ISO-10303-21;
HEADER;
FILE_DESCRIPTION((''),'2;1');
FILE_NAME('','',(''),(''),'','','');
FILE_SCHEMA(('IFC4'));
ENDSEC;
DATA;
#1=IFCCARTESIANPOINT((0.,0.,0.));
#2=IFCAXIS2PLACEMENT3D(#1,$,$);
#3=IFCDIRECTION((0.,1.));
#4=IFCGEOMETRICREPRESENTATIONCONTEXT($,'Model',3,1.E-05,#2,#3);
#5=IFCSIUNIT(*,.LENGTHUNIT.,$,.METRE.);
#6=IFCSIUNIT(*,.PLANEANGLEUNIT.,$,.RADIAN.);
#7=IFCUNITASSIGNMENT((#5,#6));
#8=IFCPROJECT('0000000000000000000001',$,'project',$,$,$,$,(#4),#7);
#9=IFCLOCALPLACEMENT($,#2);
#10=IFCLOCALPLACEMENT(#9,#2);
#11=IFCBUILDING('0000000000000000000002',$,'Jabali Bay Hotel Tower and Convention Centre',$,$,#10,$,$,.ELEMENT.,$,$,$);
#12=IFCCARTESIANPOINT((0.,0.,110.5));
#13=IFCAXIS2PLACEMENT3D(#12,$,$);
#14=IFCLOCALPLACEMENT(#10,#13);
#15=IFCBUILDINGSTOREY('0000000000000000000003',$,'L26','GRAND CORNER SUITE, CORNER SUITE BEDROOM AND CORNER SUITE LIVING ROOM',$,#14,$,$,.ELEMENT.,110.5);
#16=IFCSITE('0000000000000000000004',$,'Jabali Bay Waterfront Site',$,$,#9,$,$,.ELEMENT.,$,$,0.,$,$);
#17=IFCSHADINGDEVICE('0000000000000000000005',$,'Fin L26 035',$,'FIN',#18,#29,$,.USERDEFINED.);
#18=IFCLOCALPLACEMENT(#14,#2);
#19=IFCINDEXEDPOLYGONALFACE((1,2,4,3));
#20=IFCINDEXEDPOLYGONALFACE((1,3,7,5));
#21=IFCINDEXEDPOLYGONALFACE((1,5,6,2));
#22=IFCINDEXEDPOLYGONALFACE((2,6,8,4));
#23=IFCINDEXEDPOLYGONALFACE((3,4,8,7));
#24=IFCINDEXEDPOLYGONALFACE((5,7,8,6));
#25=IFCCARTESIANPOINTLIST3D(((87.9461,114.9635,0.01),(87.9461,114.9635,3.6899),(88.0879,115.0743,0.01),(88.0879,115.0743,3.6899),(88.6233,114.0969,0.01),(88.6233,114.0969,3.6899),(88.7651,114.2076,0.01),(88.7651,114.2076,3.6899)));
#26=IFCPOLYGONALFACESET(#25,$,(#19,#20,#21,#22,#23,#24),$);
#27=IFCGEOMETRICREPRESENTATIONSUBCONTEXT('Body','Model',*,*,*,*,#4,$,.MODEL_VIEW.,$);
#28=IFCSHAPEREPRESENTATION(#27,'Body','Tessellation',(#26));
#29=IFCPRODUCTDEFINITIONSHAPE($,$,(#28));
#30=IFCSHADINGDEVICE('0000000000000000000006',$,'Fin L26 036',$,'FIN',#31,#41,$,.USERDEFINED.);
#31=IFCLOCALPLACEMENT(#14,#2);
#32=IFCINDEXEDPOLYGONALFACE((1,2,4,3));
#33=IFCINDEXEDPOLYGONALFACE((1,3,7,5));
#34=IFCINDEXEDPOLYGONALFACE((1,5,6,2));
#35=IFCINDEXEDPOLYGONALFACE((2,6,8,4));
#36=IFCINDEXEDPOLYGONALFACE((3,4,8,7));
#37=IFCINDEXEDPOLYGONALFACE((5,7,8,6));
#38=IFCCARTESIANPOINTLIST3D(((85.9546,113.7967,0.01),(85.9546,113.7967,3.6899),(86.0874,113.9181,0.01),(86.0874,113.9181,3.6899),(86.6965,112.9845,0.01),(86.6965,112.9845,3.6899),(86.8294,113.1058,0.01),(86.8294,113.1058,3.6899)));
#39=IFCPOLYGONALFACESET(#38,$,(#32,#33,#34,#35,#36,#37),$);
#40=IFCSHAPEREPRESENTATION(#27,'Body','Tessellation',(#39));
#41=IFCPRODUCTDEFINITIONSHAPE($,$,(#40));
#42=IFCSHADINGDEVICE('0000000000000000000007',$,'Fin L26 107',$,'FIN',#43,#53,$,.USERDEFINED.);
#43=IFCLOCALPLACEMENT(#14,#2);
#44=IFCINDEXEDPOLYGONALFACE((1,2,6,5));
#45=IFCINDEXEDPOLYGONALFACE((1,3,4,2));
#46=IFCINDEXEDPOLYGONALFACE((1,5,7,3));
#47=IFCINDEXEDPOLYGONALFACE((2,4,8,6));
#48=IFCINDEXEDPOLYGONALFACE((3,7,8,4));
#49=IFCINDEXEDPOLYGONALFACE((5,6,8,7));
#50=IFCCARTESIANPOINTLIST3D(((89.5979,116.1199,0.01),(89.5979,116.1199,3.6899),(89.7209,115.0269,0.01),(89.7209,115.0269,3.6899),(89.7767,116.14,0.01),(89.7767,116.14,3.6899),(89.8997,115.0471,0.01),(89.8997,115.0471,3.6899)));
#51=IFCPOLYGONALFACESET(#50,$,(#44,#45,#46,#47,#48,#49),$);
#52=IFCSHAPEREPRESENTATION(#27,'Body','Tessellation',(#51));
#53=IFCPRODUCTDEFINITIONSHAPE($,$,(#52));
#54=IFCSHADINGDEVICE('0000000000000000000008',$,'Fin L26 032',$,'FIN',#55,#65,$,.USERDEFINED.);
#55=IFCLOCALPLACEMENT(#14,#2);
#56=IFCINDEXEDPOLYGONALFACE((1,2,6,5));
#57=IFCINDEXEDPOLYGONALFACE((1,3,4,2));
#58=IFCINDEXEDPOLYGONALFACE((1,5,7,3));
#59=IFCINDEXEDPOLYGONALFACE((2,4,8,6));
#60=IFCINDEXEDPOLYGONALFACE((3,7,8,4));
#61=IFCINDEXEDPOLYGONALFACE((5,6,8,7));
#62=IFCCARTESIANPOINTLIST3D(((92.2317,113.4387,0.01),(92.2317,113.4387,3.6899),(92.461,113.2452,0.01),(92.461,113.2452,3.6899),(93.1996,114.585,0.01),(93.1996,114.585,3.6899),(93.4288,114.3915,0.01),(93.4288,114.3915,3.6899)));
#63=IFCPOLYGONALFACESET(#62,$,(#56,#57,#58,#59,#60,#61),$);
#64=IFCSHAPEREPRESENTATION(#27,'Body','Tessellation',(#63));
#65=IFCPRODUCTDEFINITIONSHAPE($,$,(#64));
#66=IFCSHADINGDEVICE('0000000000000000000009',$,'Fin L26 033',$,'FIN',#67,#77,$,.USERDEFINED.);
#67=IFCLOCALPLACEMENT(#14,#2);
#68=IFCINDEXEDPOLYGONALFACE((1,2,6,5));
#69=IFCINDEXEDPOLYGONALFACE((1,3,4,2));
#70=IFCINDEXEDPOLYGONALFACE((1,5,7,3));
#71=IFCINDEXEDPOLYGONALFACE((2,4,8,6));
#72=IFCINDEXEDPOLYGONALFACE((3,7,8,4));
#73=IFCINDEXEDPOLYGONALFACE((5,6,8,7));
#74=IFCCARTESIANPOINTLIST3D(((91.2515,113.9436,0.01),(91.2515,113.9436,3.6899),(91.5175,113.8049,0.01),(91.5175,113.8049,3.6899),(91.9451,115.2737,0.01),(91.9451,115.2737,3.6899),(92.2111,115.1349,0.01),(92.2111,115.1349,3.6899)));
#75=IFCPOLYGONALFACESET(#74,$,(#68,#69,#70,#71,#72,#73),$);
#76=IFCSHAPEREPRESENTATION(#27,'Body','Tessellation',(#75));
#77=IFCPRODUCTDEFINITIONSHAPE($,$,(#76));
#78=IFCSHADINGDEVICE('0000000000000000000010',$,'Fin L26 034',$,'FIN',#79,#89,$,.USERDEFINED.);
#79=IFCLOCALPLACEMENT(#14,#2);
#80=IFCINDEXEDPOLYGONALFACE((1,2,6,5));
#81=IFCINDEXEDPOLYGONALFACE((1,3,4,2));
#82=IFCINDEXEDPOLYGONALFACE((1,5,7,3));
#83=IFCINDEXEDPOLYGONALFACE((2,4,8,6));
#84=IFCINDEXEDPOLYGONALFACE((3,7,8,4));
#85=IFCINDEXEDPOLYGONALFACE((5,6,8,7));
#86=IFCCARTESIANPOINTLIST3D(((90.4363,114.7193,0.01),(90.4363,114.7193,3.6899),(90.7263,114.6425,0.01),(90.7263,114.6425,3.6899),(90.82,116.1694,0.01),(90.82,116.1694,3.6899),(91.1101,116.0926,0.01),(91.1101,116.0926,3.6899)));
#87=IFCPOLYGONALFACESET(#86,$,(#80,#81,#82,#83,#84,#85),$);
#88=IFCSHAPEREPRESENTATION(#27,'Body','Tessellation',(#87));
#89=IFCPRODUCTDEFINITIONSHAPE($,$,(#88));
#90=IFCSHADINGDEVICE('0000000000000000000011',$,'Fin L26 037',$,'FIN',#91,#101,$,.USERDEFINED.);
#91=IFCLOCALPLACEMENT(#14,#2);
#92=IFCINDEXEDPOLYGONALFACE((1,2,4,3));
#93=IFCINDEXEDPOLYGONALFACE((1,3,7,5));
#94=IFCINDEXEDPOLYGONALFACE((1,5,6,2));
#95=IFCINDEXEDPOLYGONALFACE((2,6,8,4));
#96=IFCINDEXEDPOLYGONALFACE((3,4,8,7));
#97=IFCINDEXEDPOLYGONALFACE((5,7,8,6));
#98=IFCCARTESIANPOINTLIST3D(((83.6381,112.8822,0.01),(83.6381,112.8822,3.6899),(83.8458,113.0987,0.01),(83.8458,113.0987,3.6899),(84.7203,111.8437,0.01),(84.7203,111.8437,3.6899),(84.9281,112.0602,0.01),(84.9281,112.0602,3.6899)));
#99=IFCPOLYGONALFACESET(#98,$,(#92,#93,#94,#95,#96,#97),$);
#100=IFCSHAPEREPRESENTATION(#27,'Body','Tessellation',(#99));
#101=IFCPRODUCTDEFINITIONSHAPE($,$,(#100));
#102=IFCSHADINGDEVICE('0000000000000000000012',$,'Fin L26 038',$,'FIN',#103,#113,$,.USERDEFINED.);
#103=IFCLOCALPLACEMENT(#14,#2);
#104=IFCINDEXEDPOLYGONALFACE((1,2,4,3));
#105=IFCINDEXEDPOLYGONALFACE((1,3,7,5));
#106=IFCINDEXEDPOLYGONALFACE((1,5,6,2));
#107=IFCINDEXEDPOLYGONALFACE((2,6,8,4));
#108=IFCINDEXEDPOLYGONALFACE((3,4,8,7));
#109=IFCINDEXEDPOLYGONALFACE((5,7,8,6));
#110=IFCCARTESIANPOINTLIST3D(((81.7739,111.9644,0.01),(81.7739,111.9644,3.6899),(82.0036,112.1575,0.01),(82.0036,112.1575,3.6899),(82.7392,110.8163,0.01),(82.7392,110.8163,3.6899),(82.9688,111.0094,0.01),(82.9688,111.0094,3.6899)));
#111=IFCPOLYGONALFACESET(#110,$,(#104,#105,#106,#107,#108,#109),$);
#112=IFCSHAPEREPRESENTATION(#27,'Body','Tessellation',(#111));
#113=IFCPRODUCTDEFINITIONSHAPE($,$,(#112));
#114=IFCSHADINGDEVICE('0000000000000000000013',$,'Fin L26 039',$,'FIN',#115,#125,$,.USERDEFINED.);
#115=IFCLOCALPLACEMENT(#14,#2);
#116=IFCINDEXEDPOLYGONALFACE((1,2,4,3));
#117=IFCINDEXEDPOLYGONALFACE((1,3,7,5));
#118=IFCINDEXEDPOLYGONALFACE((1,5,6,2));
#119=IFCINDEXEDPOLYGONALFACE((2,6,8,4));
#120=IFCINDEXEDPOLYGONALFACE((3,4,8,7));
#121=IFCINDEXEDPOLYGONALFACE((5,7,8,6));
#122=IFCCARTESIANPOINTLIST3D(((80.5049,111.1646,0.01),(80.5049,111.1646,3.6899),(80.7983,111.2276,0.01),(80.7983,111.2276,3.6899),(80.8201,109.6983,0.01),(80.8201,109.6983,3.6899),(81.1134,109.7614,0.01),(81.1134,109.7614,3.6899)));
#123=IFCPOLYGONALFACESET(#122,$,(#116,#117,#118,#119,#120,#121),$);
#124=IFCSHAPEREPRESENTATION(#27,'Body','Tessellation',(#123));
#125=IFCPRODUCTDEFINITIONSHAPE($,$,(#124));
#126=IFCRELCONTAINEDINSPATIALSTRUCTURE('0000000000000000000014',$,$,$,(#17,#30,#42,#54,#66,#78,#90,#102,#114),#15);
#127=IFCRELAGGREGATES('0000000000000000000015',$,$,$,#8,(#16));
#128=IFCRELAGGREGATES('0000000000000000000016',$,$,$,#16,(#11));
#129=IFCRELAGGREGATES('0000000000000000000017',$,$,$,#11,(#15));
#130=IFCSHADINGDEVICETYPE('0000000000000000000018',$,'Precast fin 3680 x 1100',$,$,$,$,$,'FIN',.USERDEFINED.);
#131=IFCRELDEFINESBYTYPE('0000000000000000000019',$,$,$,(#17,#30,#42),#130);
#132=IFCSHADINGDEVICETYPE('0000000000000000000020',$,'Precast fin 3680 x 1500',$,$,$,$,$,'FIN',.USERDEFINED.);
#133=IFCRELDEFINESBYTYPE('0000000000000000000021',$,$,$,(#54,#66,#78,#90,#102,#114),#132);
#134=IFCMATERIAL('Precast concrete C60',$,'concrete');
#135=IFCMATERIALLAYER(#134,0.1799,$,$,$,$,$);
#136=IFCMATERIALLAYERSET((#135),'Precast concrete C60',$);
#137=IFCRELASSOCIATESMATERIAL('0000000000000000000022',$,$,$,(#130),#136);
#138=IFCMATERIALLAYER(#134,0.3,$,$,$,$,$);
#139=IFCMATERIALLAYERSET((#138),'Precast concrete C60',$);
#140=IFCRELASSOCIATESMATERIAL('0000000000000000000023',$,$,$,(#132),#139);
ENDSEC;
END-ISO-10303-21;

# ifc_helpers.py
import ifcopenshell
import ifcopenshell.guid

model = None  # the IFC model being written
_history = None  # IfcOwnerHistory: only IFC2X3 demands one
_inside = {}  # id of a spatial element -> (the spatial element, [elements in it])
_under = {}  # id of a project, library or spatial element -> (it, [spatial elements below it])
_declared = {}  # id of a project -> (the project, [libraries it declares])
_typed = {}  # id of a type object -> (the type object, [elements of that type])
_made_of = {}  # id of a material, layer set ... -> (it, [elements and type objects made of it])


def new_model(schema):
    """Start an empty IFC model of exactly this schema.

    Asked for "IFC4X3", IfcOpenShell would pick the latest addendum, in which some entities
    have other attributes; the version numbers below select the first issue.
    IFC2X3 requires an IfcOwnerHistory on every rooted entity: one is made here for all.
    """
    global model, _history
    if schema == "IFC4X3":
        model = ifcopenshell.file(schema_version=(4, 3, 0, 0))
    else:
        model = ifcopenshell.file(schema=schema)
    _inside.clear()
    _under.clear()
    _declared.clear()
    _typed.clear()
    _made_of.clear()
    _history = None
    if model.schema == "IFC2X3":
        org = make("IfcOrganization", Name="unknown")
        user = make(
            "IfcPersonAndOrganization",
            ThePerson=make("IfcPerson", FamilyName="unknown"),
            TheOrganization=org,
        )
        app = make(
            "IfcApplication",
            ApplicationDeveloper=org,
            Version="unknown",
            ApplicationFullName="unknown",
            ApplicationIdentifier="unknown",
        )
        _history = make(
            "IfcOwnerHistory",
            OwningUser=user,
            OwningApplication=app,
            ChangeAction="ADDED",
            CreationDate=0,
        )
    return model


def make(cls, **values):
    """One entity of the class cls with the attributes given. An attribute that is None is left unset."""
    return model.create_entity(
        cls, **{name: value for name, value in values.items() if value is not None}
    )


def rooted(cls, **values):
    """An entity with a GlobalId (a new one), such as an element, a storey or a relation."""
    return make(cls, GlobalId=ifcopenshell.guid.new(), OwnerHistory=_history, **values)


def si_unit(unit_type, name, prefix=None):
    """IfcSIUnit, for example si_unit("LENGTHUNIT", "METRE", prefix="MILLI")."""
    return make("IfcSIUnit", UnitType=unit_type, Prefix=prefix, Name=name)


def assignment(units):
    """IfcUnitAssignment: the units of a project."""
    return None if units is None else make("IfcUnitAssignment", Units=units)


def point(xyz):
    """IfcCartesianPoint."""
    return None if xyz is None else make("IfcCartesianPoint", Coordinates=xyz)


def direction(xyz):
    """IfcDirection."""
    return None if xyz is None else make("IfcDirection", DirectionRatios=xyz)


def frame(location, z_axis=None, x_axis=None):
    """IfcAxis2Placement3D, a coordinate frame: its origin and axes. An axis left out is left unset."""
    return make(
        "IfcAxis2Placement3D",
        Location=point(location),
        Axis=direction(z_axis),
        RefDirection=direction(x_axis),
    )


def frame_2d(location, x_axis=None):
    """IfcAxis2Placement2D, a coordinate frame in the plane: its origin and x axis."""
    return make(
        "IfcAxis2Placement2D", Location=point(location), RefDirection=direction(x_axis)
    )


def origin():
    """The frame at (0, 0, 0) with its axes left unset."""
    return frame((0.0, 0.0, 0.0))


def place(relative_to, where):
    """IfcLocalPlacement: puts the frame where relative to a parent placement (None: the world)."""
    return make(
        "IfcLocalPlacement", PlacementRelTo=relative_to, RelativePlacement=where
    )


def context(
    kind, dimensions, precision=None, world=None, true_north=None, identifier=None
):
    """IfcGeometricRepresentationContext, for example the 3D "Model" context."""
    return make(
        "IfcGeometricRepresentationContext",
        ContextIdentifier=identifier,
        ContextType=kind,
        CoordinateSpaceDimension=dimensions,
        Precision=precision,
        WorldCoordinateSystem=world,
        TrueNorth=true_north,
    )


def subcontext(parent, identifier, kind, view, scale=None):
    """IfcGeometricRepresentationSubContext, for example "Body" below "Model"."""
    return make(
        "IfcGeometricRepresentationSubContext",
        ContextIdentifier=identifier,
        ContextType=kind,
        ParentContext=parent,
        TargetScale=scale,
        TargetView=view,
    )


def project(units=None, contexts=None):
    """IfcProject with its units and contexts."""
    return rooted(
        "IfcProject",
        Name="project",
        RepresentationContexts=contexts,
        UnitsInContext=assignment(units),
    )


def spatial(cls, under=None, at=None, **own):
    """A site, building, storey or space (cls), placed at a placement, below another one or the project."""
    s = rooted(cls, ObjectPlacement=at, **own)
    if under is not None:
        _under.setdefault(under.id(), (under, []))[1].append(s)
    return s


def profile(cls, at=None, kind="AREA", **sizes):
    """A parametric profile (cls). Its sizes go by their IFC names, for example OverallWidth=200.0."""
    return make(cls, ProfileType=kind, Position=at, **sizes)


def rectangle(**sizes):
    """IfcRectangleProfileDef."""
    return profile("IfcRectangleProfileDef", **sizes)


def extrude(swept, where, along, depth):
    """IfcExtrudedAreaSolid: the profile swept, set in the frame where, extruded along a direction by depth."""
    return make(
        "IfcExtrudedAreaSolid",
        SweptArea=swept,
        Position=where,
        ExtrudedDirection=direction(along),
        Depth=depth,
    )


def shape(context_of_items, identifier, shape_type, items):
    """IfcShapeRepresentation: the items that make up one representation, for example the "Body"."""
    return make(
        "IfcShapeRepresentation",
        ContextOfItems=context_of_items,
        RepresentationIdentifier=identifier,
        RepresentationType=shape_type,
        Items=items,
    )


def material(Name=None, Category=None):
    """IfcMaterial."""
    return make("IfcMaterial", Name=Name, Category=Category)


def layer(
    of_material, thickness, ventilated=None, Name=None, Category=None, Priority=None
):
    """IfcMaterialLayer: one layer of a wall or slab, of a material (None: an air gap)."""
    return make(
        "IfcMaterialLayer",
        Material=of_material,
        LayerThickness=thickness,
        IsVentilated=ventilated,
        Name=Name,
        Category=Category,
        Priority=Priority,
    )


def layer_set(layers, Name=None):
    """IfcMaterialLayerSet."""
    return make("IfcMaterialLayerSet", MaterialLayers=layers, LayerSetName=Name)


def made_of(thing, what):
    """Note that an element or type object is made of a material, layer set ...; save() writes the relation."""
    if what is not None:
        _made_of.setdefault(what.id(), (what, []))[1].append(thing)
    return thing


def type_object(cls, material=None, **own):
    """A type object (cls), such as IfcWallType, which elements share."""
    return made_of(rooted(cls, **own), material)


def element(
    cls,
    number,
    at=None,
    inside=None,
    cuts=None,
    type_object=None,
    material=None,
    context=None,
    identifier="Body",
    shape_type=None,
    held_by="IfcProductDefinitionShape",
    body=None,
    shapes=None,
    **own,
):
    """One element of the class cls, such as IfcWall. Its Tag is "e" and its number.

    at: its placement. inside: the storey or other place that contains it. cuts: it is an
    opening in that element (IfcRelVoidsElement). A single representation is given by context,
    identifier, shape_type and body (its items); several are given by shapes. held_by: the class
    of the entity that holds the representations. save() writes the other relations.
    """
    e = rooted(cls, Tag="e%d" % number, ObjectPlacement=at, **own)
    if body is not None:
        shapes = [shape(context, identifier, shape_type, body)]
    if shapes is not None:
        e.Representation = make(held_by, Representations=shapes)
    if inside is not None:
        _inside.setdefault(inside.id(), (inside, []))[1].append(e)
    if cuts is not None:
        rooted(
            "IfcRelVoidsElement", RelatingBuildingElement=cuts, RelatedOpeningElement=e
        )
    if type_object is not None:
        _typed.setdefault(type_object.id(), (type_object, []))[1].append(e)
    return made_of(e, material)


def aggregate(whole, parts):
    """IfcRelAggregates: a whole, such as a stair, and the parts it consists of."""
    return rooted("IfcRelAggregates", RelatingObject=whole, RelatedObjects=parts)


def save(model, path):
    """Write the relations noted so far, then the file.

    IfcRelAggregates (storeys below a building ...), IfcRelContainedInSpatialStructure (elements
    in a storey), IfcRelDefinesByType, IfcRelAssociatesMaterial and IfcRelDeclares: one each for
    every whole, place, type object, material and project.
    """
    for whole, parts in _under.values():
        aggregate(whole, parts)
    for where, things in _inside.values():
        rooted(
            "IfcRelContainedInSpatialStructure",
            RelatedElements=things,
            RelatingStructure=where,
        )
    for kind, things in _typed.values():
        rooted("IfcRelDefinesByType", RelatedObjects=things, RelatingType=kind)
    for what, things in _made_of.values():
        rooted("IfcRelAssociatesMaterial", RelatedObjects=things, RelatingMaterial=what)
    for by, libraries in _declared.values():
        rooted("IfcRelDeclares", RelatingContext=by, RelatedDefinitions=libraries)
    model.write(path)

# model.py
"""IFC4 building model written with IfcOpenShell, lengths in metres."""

from ifc_helpers import new_model, si_unit, direction, frame, frame_2d, origin, place, context, subcontext, project, spatial, rectangle, extrude, material, layer, layer_set, type_object, element, save


model = new_model("IFC4")

# Units and contexts
model_context = context("Model", 3, precision=1e-05, world=origin(), true_north=direction((0.0, 1.0)))
body_context = subcontext(model_context, "Body", "Model", "MODEL_VIEW")
ifc_project = project(units=[si_unit("LENGTHUNIT", "METRE"), si_unit("PLANEANGLEUNIT", "RADIAN")], contexts=[model_context])

# Site, building, storey
site_placement = place(None, origin())
site = spatial("IfcSite", under=ifc_project, at=site_placement, Name="Jabali Bay Waterfront Site", CompositionType="ELEMENT", RefElevation=0.0)
building_placement = place(site_placement, origin())
building = spatial("IfcBuilding", under=site, at=building_placement, Name="Jabali Bay Hotel Tower and Convention Centre", CompositionType="ELEMENT")
storey_placement = place(building_placement, frame((0.0, 0.0, 110.5)))
storey = spatial("IfcBuildingStorey", under=building, at=storey_placement, Name="L26", Description="GRAND CORNER SUITE, CORNER SUITE BEDROOM AND CORNER SUITE LIVING ROOM", CompositionType="ELEMENT", Elevation=110.5)

# Shading devices
ifc_material_1 = material(Name="Precast concrete C60", Category="concrete")
ifc_layer_1 = layer(ifc_material_1, 0.1799)
ifc_layer_set_1 = layer_set([ifc_layer_1], Name="Precast concrete C60")
shading_device_type_1 = type_object("IfcShadingDeviceType", Name="Precast fin 3680 x 1100", ElementType="FIN", PredefinedType="USERDEFINED", material=ifc_layer_set_1)
shading_device_1_placement = place(storey_placement, frame((88.6941, 114.1523, 0.01), z_axis=(0.0, 0.0, 1.0), x_axis=(-0.615722, 0.787964, 0.0)))
element("IfcShadingDevice", 1, at=shading_device_1_placement, inside=storey, type_object=shading_device_type_1, Name="Fin L26 035", ObjectType="FIN", PredefinedType="USERDEFINED", context=body_context, shape_type="SweptSolid", body=[
    extrude(rectangle(XDim=1.0999, YDim=0.1799, at=frame_2d((0.5498, 0.0))), origin(), (0.0, 0.0, 1.0), 3.6799),
])
shading_device_2_placement = place(storey_placement, frame((86.7629, 113.0452, 0.01), z_axis=(0.0, 0.0, 1.0), x_axis=(-0.674427, 0.738341, 0.0)))
element("IfcShadingDevice", 2, at=shading_device_2_placement, inside=storey, type_object=shading_device_type_1, Name="Fin L26 036", ObjectType="FIN", PredefinedType="USERDEFINED", context=body_context, shape_type="SweptSolid", body=[
    extrude(rectangle(XDim=1.1001, YDim=0.1799, at=frame_2d((0.55, 0.0))), origin(), (0.0, 0.0, 1.0), 3.6799),
])
shading_device_3_placement = place(storey_placement, frame((89.8103, 115.0371, 0.01), z_axis=(0.0, 0.0, 1.0), x_axis=(-0.111869, 0.993723, 0.0)))
element("IfcShadingDevice", 3, at=shading_device_3_placement, inside=storey, type_object=shading_device_type_1, Name="Fin L26 107", ObjectType="FIN", PredefinedType="USERDEFINED", context=body_context, shape_type="SweptSolid", body=[
    extrude(rectangle(XDim=1.0999, YDim=0.1799, at=frame_2d((0.5498, 0.0))), origin(), (0.0, 0.0, 1.0), 3.6799),
])
ifc_layer_2 = layer(ifc_material_1, 0.3)
ifc_layer_set_2 = layer_set([ifc_layer_2], Name="Precast concrete C60")
shading_device_type_2 = type_object("IfcShadingDeviceType", Name="Precast fin 3680 x 1500", ElementType="FIN", PredefinedType="USERDEFINED", material=ifc_layer_set_2)
shading_device_4_placement = place(storey_placement, frame((92.3464, 113.342, 0.01), z_axis=(0.0, 0.0, 1.0), x_axis=(0.645117, 0.764083, 0.0)))
element("IfcShadingDevice", 4, at=shading_device_4_placement, inside=storey, type_object=shading_device_type_2, Name="Fin L26 032", ObjectType="FIN", PredefinedType="USERDEFINED", context=body_context, shape_type="SweptSolid", body=[
    extrude(rectangle(XDim=1.5002, YDim=0.3, at=frame_2d((0.75, 0.0))), origin(), (0.0, 0.0, 1.0), 3.6799),
])
for number, where, z_axis, x_axis, name in (
    (5, (91.3845, 113.8743, 0.01), (0.0, 0.0, 1.0), (0.462382, 0.886681, 0.0), "Fin L26 033"),
    (6, (90.5813, 114.6809, 0.01), (0.0, 0.0, 1.0), (0.255839, 0.966719, 0.0), "Fin L26 034"),
    (7, (84.8242, 111.9519, 0.01), (0.0, 0.0, 1.0), (-0.721524, 0.69239, 0.0), "Fin L26 037"),
    (8, (82.854, 110.9128, 0.01), (0.0, 0.0, 1.0), (-0.643524, 0.765426, 0.0), "Fin L26 038"),
):
    element("IfcShadingDevice", number, at=place(storey_placement, frame(where, z_axis=z_axis, x_axis=x_axis)), inside=storey, type_object=shading_device_type_2, Name=name, ObjectType="FIN", PredefinedType="USERDEFINED", context=body_context, shape_type="SweptSolid", body=[
        extrude(rectangle(XDim=1.5, YDim=0.3, at=frame_2d((0.75, 0.0))), origin(), (0.0, 0.0, 1.0), 3.6799),
    ])
shading_device_5_placement = place(storey_placement, frame((80.9668, 109.7297, 0.01), z_axis=(0.0, 0.0, 1.0), x_axis=(-0.210152, 0.977669, 0.0)))
element("IfcShadingDevice", 9, at=shading_device_5_placement, inside=storey, type_object=shading_device_type_2, Name="Fin L26 039", ObjectType="FIN", PredefinedType="USERDEFINED", context=body_context, shape_type="SweptSolid", body=[
    extrude(rectangle(XDim=1.4998, YDim=0.3, at=frame_2d((0.75, 0.0))), origin(), (0.0, 0.0, 1.0), 3.6799),
])

save(model, "model.ifc")
